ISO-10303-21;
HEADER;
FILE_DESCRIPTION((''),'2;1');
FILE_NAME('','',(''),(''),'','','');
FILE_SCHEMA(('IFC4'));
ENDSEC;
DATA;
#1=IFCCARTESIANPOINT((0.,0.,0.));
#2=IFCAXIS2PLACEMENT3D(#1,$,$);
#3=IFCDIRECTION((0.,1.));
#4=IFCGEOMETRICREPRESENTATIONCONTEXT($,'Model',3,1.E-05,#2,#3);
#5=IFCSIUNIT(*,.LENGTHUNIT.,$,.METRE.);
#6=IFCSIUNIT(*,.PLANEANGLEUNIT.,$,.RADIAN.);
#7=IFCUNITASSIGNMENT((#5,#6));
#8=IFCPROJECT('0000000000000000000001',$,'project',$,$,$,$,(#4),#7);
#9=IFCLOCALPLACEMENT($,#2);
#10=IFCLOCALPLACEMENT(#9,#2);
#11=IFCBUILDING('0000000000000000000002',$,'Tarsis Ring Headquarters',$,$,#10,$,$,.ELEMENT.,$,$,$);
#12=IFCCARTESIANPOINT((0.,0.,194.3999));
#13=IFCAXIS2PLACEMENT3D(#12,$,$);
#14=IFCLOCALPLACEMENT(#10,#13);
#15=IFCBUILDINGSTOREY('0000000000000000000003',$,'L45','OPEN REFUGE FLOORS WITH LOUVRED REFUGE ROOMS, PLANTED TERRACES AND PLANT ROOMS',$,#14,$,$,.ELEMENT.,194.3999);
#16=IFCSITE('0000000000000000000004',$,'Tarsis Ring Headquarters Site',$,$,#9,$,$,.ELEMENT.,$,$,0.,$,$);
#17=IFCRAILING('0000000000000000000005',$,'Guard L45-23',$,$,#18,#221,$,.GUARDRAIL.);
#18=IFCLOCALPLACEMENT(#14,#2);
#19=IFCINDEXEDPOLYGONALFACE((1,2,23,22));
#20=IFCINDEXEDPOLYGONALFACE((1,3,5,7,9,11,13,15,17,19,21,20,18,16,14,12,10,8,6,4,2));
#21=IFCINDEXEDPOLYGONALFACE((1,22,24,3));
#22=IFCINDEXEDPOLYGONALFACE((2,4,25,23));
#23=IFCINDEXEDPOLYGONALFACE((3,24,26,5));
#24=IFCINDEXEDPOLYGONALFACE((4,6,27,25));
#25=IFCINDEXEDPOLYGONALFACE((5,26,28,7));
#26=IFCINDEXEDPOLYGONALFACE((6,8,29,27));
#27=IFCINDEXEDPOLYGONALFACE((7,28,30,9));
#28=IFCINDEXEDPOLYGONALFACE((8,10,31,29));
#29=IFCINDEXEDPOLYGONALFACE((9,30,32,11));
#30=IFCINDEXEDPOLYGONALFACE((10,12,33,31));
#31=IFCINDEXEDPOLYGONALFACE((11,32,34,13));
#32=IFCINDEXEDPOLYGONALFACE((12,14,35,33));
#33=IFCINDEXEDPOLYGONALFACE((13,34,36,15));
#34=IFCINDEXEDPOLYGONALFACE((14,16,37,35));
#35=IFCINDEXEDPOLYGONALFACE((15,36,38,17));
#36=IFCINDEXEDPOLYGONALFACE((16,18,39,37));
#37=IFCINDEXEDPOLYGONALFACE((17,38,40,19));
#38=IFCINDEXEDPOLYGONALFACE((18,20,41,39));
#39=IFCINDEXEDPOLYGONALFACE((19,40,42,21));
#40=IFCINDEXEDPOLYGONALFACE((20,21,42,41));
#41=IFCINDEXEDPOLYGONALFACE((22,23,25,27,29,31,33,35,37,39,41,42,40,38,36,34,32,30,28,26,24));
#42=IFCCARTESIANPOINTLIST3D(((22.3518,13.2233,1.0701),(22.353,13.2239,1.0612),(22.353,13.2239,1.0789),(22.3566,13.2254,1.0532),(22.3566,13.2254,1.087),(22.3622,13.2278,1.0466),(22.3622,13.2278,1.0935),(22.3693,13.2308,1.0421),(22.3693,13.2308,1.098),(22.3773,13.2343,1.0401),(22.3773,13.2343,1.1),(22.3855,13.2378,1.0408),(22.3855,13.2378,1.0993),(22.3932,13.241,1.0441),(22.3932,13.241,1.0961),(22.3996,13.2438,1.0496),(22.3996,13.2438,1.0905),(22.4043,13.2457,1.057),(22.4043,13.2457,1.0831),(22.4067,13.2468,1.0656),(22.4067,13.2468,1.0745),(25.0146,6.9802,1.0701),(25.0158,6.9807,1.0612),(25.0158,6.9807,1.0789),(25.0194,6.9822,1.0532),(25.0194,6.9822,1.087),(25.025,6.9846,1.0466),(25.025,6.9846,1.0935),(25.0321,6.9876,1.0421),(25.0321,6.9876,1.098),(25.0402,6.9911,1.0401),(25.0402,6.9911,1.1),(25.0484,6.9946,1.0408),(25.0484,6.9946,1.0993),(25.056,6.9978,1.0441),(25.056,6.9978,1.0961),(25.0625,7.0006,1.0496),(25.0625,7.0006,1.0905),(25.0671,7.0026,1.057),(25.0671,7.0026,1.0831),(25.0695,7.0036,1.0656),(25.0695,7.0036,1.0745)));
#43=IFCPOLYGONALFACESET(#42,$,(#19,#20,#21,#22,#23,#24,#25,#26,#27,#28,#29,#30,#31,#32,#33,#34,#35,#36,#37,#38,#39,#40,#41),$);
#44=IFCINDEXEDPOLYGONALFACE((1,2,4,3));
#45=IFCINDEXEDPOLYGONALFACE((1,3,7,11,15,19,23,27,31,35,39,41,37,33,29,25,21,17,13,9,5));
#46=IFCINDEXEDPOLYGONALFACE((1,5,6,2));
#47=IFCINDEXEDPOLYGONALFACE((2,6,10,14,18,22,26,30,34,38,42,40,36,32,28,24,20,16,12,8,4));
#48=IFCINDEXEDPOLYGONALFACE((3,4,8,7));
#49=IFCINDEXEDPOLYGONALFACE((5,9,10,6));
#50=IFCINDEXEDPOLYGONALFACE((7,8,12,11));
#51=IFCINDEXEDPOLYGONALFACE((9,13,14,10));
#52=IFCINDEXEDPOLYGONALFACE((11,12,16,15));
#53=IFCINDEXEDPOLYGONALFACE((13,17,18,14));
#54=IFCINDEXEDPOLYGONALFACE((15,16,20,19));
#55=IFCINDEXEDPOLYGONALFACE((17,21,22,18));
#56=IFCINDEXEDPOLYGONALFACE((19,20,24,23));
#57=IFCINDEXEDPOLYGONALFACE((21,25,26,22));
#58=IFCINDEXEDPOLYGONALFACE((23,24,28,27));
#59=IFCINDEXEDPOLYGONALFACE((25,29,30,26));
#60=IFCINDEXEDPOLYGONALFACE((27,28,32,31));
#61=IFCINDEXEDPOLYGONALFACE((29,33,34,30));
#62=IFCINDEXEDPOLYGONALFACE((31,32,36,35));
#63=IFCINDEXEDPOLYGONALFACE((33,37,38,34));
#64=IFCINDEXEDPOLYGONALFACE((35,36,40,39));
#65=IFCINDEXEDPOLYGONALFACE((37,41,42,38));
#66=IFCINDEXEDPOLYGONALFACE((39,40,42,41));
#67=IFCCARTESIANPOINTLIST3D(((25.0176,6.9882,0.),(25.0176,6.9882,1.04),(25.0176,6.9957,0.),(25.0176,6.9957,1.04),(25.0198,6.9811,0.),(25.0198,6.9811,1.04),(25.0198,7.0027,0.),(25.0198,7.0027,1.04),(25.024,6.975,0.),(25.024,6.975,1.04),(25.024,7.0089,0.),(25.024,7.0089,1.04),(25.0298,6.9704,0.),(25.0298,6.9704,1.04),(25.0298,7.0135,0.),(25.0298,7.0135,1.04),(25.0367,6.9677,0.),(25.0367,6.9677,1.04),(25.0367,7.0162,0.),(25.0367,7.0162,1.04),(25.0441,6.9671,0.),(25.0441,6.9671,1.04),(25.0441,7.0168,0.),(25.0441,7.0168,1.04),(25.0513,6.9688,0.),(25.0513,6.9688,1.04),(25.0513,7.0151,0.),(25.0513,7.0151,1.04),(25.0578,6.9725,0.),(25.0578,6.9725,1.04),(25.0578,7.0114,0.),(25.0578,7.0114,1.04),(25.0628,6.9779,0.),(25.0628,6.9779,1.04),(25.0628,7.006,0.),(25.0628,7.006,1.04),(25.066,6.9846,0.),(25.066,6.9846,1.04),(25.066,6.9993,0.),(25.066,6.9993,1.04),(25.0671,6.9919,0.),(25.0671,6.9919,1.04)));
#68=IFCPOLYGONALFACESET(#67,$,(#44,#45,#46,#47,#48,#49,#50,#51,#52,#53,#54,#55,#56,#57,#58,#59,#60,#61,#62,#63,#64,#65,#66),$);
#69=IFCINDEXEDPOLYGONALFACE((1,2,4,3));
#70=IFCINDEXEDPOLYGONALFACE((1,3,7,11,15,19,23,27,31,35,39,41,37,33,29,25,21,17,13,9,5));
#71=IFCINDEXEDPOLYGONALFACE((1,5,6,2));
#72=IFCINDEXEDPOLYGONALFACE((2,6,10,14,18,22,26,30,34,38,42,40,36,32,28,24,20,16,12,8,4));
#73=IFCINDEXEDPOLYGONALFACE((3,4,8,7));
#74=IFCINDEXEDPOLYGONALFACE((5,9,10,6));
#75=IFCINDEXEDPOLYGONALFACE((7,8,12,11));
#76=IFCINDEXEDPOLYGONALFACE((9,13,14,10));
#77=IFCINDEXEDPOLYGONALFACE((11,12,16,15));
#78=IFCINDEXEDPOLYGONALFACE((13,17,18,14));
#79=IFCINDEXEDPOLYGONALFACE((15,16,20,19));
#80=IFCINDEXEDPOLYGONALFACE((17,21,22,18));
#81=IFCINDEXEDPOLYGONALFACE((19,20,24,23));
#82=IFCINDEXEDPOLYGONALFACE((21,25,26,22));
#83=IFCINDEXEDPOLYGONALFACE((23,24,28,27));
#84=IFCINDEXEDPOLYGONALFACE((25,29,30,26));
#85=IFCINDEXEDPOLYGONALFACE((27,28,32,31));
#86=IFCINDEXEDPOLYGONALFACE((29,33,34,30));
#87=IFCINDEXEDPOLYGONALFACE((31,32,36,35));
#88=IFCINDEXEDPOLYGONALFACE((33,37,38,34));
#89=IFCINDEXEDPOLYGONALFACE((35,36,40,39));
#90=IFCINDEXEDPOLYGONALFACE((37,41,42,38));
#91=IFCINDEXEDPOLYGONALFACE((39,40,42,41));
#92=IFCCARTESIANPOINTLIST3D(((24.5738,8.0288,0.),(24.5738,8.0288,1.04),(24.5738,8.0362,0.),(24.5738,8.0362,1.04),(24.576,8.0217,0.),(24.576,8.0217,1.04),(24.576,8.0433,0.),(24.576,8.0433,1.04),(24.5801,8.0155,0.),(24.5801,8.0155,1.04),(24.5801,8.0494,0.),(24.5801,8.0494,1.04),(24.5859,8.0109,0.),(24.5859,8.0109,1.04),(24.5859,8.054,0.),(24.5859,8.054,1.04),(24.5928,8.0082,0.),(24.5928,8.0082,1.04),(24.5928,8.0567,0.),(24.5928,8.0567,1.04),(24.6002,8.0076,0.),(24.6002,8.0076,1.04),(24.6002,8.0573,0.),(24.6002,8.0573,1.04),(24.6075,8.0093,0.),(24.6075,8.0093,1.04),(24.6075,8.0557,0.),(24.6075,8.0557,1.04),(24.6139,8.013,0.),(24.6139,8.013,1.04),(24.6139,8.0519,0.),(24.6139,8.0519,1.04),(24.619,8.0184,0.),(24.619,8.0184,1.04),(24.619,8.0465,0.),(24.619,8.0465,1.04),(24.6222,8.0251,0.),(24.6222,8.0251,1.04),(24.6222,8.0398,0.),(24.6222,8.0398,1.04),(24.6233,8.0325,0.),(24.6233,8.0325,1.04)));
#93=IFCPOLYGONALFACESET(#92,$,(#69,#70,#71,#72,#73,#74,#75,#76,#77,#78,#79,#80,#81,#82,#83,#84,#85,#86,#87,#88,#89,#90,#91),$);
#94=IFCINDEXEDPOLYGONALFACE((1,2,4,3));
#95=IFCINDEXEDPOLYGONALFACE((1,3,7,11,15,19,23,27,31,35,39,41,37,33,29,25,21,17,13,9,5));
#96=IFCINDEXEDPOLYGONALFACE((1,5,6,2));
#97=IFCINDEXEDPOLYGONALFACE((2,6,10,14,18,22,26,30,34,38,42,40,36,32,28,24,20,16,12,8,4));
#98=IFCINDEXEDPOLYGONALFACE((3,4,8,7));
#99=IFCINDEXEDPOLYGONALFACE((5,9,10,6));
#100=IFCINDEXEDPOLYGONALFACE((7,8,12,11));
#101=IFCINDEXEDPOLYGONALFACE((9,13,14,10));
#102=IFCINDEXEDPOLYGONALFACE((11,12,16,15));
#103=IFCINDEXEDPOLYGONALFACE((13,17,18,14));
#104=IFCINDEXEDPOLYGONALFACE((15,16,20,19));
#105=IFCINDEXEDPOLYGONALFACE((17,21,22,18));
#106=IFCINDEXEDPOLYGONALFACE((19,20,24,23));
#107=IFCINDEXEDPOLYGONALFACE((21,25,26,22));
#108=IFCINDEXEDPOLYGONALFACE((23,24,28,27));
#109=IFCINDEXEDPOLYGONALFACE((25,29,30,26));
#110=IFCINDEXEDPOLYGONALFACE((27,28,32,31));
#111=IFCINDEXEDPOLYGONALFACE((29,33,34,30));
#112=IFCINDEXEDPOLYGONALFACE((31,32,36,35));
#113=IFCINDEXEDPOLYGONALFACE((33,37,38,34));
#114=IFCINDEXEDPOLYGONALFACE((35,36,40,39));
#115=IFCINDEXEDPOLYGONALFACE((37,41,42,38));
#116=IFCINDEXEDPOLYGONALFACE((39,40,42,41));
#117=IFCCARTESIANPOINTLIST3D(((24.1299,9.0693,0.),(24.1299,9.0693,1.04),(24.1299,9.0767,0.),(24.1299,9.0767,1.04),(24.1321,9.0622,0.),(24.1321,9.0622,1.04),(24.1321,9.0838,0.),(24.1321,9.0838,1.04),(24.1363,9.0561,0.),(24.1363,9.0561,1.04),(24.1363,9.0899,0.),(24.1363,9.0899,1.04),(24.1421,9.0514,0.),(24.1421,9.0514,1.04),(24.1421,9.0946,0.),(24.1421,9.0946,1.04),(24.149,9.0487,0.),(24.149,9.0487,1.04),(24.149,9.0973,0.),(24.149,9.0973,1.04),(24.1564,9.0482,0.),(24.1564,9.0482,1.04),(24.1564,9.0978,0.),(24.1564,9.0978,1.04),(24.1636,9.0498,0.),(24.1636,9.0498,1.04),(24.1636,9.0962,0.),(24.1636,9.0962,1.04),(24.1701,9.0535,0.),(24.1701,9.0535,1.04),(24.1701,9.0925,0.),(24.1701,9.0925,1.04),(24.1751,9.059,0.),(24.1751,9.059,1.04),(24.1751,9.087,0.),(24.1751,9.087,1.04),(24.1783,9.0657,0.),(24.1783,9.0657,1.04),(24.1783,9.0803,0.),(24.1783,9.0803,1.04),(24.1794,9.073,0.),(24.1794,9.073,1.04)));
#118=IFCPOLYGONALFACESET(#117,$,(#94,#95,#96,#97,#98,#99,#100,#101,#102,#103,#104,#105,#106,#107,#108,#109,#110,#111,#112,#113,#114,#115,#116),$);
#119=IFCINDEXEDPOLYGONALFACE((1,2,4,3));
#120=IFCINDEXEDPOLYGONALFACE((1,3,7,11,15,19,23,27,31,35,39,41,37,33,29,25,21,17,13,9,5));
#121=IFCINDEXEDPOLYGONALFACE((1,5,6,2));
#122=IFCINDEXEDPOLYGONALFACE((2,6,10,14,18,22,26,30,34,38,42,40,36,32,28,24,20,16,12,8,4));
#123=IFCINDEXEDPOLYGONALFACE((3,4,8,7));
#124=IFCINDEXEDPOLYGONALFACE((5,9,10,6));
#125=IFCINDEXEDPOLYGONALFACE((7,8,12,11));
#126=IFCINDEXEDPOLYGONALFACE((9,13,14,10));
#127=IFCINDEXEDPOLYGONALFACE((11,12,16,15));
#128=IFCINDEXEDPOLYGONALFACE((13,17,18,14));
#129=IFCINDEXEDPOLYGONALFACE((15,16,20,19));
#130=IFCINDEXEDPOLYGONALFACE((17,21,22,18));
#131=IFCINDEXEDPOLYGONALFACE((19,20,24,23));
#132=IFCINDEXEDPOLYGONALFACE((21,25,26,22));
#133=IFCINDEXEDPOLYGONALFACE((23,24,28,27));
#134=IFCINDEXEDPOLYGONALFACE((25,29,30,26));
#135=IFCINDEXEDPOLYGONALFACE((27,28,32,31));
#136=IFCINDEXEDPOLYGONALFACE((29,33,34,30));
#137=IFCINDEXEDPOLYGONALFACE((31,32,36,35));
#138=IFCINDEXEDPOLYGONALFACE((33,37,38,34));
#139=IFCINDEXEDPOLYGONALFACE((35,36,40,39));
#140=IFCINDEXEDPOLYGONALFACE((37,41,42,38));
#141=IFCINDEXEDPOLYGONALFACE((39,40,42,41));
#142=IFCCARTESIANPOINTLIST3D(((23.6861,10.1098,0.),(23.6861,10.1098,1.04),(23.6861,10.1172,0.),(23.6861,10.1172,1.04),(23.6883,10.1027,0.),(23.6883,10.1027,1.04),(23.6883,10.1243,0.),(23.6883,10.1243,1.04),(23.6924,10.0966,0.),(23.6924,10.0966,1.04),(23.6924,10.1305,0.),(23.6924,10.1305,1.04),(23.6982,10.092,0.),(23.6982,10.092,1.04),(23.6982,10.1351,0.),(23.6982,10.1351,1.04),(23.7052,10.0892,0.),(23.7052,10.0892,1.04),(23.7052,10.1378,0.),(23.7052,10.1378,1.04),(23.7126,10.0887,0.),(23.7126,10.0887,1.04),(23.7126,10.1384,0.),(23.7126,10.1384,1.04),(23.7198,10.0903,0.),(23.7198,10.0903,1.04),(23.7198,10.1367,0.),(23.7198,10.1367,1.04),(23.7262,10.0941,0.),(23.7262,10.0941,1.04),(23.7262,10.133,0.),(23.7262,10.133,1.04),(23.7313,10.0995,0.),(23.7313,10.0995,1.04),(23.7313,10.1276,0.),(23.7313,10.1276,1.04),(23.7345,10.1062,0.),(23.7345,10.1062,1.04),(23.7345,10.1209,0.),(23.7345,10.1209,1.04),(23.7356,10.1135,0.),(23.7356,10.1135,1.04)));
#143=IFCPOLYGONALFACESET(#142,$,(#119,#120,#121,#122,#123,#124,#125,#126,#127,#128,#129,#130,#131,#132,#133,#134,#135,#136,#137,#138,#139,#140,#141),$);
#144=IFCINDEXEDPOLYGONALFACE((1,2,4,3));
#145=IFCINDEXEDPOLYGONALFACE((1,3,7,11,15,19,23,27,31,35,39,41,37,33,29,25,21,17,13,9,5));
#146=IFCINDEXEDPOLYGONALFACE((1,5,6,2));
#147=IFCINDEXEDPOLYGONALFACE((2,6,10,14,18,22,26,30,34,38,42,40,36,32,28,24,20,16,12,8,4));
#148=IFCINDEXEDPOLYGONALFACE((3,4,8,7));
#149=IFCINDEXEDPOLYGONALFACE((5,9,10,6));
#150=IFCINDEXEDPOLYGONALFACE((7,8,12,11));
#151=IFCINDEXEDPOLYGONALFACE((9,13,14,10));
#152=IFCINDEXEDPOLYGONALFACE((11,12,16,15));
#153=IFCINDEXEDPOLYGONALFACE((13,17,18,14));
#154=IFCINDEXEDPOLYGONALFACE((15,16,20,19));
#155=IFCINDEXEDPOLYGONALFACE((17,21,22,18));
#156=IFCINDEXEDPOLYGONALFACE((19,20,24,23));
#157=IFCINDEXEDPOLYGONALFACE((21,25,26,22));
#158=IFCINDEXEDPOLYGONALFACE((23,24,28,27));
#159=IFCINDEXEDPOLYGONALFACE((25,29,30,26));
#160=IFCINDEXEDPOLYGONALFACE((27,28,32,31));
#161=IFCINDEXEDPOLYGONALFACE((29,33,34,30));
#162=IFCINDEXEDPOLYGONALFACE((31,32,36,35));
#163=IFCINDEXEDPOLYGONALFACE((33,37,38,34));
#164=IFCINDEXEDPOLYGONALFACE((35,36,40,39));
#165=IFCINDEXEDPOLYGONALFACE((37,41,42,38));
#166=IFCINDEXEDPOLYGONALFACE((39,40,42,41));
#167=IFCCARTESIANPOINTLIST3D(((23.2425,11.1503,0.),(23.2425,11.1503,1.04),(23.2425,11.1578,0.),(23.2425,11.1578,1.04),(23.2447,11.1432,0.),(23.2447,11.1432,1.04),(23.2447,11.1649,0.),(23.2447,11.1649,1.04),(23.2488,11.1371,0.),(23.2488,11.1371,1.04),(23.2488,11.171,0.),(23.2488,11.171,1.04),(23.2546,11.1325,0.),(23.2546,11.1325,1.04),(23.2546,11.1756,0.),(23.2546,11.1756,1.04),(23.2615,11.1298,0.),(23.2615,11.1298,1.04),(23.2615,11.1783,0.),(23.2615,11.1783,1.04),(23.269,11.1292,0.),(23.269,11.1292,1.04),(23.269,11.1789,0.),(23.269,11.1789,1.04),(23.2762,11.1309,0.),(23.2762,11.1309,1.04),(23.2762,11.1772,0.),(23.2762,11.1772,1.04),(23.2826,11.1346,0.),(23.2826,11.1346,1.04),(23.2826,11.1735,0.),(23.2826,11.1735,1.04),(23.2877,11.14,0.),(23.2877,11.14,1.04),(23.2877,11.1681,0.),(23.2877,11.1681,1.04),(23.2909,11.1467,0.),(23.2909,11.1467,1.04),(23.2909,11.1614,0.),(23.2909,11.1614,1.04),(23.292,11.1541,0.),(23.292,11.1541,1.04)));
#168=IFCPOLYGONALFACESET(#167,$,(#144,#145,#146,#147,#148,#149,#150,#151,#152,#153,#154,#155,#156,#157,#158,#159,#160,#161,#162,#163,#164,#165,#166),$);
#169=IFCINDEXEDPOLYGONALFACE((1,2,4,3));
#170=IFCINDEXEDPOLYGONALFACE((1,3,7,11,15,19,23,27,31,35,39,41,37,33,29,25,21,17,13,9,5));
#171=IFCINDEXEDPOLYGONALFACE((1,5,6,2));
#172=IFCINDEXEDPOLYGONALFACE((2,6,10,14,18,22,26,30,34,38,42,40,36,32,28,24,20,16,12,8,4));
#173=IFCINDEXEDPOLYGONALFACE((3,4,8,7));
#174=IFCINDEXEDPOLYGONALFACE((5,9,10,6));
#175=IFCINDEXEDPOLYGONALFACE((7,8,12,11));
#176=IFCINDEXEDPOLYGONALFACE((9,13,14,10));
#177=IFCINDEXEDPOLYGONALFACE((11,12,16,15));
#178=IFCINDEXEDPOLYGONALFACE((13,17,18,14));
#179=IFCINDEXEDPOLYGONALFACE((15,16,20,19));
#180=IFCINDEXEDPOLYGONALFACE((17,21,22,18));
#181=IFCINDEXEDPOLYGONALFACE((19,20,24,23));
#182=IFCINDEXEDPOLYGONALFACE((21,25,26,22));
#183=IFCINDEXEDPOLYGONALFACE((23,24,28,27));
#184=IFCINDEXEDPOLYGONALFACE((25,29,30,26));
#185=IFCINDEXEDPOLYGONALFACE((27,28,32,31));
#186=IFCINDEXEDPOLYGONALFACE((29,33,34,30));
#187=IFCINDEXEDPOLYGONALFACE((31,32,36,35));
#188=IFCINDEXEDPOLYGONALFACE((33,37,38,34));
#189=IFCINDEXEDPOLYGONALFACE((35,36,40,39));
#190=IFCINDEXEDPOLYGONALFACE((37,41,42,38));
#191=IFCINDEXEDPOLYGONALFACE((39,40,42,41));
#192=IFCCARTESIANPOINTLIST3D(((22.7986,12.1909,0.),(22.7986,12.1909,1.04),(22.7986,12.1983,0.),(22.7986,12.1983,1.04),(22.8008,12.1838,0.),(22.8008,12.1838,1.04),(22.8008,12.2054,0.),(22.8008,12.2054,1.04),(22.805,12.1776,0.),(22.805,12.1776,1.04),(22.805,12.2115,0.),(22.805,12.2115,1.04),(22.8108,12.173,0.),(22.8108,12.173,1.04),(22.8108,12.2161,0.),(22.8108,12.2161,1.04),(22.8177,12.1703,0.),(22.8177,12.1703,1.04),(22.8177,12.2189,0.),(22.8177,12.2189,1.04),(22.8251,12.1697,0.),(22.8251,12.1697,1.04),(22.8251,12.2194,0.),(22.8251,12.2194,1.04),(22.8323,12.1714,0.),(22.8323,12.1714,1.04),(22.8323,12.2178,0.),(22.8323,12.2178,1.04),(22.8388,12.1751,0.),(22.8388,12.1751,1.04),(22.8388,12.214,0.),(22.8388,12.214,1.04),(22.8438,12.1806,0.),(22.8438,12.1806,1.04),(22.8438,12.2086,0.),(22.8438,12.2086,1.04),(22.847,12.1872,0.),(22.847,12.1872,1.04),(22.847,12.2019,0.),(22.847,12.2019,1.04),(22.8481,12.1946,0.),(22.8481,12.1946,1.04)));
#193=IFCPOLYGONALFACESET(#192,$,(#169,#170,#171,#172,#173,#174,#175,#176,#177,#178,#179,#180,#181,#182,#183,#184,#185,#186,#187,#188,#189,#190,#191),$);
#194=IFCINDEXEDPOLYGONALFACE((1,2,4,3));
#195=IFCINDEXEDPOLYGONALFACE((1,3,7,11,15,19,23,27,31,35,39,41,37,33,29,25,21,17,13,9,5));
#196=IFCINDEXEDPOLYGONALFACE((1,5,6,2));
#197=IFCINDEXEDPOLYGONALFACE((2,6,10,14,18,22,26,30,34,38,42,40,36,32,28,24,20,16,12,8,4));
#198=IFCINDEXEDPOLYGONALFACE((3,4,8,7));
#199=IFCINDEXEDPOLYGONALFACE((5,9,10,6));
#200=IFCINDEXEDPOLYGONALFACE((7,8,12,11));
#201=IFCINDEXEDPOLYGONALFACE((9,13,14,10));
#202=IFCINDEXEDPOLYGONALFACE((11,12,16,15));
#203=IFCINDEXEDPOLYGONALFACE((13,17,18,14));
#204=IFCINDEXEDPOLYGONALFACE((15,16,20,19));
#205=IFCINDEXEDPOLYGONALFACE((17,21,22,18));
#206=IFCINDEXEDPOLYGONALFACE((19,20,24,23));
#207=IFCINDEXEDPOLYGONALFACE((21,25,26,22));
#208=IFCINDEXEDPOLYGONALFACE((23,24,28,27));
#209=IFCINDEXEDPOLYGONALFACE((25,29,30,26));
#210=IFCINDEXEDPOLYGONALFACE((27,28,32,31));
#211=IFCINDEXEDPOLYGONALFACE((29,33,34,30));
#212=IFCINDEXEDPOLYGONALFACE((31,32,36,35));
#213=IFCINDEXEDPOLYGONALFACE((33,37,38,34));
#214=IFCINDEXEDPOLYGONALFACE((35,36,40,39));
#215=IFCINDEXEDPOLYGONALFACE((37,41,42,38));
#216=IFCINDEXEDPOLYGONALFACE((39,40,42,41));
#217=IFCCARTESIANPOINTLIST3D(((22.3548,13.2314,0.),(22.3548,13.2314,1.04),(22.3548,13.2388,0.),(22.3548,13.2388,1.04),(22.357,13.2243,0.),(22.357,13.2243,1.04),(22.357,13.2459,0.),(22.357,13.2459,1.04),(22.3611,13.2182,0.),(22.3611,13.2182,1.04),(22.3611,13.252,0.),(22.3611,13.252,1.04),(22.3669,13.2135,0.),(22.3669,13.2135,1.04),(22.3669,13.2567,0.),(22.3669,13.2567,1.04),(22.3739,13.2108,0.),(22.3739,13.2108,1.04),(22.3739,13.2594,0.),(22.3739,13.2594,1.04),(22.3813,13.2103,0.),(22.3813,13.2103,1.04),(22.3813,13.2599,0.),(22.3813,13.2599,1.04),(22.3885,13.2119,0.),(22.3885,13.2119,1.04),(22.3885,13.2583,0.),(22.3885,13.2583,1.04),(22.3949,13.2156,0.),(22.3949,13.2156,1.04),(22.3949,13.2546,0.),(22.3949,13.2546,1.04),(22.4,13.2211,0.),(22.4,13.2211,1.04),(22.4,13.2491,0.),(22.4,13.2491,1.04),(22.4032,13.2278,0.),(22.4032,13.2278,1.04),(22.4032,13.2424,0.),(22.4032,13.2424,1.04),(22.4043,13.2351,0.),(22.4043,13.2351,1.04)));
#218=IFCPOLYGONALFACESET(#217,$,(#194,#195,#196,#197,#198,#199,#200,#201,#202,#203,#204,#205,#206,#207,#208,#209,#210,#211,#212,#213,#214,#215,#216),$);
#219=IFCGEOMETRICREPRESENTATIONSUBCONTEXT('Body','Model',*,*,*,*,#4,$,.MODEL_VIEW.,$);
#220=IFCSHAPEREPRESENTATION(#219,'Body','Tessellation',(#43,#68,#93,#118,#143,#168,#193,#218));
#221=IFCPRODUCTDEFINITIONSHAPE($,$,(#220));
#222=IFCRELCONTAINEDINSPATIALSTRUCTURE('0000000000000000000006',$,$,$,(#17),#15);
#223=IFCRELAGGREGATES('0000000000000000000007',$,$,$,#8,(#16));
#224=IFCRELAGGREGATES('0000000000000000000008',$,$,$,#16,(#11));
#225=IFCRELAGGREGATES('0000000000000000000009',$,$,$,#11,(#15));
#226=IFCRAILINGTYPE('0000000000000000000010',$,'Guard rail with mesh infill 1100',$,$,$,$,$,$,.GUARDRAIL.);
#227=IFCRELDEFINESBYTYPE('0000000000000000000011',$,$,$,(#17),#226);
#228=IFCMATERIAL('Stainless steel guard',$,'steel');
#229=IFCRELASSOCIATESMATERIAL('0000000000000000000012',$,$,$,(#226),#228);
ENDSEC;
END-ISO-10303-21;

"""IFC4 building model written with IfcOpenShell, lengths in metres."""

from ifc_helpers import new_model, si_unit, direction, frame, origin, origin_2d, place, context, subcontext, project, spatial, circle, extrude, material, type_object, element, save


model = new_model("IFC4")

# Units and contexts
model_context = context("Model", 3, precision=1e-05, world=origin(), true_north=direction((0.0, 1.0)))
body_context = subcontext(model_context, "Body", "Model", "MODEL_VIEW")
ifc_project = project(units=[si_unit("LENGTHUNIT", "METRE"), si_unit("PLANEANGLEUNIT", "RADIAN")], contexts=[model_context])

# Site, building, storey
site_placement = place(None, origin())
site = spatial("IfcSite", under=ifc_project, at=site_placement, Name="Tarsis Ring Headquarters Site", CompositionType="ELEMENT", RefElevation=0.0)
building_placement = place(site_placement, origin())
building = spatial("IfcBuilding", under=site, at=building_placement, Name="Tarsis Ring Headquarters", CompositionType="ELEMENT")
storey_placement = place(building_placement, frame((0.0, 0.0, 194.3999)))
storey = spatial("IfcBuildingStorey", under=building, at=storey_placement, Name="L45", Description="OPEN REFUGE FLOORS WITH LOUVRED REFUGE ROOMS, PLANTED TERRACES AND PLANT ROOMS", CompositionType="ELEMENT", Elevation=194.3999)

# Railing
ifc_material_1 = material(Name="Stainless steel guard", Category="steel")
railing_type = type_object("IfcRailingType", Name="Guard rail with mesh infill 1100", PredefinedType="GUARDRAIL", material=ifc_material_1)
railing_placement = place(storey_placement, frame((25.0422, 6.9919, 0.0)))
element("IfcRailing", 1, at=railing_placement, inside=storey, type_object=railing_type, Name="Guard L45-23", PredefinedType="GUARDRAIL", context=body_context, shape_type="SweptSolid", body=[
    extrude(circle(Radius=0.03, at=origin_2d()), frame((0.0, 0.0, 1.0701), z_axis=(-0.392325, 0.919826, 0.0), x_axis=(-0.919826, -0.392325, 0.0)), (0.0, 0.0, 1.0), 6.7874),
    extrude(circle(Radius=0.0249, at=origin_2d()), origin(), (0.0, 0.0, 1.0), 1.04),
    extrude(circle(Radius=0.0249, at=origin_2d()), frame((-0.4438, 1.0405, 0.0)), (0.0, 0.0, 1.0), 1.04),
    extrude(circle(Radius=0.0249, at=origin_2d()), frame((-0.8877, 2.0811, 0.0)), (0.0, 0.0, 1.0), 1.04),
    extrude(circle(Radius=0.0249, at=origin_2d()), frame((-1.3315, 3.1216, 0.0)), (0.0, 0.0, 1.0), 1.04),
    extrude(circle(Radius=0.0249, at=origin_2d()), frame((-1.7751, 4.1621, 0.0)), (0.0, 0.0, 1.0), 1.04),
    extrude(circle(Radius=0.0249, at=origin_2d()), frame((-2.219, 5.2026, 0.0)), (0.0, 0.0, 1.0), 1.04),
    extrude(circle(Radius=0.0249, at=origin_2d()), frame((-2.6628, 6.2432, 0.0)), (0.0, 0.0, 1.0), 1.04),
])

save(model, "model.ifc")
